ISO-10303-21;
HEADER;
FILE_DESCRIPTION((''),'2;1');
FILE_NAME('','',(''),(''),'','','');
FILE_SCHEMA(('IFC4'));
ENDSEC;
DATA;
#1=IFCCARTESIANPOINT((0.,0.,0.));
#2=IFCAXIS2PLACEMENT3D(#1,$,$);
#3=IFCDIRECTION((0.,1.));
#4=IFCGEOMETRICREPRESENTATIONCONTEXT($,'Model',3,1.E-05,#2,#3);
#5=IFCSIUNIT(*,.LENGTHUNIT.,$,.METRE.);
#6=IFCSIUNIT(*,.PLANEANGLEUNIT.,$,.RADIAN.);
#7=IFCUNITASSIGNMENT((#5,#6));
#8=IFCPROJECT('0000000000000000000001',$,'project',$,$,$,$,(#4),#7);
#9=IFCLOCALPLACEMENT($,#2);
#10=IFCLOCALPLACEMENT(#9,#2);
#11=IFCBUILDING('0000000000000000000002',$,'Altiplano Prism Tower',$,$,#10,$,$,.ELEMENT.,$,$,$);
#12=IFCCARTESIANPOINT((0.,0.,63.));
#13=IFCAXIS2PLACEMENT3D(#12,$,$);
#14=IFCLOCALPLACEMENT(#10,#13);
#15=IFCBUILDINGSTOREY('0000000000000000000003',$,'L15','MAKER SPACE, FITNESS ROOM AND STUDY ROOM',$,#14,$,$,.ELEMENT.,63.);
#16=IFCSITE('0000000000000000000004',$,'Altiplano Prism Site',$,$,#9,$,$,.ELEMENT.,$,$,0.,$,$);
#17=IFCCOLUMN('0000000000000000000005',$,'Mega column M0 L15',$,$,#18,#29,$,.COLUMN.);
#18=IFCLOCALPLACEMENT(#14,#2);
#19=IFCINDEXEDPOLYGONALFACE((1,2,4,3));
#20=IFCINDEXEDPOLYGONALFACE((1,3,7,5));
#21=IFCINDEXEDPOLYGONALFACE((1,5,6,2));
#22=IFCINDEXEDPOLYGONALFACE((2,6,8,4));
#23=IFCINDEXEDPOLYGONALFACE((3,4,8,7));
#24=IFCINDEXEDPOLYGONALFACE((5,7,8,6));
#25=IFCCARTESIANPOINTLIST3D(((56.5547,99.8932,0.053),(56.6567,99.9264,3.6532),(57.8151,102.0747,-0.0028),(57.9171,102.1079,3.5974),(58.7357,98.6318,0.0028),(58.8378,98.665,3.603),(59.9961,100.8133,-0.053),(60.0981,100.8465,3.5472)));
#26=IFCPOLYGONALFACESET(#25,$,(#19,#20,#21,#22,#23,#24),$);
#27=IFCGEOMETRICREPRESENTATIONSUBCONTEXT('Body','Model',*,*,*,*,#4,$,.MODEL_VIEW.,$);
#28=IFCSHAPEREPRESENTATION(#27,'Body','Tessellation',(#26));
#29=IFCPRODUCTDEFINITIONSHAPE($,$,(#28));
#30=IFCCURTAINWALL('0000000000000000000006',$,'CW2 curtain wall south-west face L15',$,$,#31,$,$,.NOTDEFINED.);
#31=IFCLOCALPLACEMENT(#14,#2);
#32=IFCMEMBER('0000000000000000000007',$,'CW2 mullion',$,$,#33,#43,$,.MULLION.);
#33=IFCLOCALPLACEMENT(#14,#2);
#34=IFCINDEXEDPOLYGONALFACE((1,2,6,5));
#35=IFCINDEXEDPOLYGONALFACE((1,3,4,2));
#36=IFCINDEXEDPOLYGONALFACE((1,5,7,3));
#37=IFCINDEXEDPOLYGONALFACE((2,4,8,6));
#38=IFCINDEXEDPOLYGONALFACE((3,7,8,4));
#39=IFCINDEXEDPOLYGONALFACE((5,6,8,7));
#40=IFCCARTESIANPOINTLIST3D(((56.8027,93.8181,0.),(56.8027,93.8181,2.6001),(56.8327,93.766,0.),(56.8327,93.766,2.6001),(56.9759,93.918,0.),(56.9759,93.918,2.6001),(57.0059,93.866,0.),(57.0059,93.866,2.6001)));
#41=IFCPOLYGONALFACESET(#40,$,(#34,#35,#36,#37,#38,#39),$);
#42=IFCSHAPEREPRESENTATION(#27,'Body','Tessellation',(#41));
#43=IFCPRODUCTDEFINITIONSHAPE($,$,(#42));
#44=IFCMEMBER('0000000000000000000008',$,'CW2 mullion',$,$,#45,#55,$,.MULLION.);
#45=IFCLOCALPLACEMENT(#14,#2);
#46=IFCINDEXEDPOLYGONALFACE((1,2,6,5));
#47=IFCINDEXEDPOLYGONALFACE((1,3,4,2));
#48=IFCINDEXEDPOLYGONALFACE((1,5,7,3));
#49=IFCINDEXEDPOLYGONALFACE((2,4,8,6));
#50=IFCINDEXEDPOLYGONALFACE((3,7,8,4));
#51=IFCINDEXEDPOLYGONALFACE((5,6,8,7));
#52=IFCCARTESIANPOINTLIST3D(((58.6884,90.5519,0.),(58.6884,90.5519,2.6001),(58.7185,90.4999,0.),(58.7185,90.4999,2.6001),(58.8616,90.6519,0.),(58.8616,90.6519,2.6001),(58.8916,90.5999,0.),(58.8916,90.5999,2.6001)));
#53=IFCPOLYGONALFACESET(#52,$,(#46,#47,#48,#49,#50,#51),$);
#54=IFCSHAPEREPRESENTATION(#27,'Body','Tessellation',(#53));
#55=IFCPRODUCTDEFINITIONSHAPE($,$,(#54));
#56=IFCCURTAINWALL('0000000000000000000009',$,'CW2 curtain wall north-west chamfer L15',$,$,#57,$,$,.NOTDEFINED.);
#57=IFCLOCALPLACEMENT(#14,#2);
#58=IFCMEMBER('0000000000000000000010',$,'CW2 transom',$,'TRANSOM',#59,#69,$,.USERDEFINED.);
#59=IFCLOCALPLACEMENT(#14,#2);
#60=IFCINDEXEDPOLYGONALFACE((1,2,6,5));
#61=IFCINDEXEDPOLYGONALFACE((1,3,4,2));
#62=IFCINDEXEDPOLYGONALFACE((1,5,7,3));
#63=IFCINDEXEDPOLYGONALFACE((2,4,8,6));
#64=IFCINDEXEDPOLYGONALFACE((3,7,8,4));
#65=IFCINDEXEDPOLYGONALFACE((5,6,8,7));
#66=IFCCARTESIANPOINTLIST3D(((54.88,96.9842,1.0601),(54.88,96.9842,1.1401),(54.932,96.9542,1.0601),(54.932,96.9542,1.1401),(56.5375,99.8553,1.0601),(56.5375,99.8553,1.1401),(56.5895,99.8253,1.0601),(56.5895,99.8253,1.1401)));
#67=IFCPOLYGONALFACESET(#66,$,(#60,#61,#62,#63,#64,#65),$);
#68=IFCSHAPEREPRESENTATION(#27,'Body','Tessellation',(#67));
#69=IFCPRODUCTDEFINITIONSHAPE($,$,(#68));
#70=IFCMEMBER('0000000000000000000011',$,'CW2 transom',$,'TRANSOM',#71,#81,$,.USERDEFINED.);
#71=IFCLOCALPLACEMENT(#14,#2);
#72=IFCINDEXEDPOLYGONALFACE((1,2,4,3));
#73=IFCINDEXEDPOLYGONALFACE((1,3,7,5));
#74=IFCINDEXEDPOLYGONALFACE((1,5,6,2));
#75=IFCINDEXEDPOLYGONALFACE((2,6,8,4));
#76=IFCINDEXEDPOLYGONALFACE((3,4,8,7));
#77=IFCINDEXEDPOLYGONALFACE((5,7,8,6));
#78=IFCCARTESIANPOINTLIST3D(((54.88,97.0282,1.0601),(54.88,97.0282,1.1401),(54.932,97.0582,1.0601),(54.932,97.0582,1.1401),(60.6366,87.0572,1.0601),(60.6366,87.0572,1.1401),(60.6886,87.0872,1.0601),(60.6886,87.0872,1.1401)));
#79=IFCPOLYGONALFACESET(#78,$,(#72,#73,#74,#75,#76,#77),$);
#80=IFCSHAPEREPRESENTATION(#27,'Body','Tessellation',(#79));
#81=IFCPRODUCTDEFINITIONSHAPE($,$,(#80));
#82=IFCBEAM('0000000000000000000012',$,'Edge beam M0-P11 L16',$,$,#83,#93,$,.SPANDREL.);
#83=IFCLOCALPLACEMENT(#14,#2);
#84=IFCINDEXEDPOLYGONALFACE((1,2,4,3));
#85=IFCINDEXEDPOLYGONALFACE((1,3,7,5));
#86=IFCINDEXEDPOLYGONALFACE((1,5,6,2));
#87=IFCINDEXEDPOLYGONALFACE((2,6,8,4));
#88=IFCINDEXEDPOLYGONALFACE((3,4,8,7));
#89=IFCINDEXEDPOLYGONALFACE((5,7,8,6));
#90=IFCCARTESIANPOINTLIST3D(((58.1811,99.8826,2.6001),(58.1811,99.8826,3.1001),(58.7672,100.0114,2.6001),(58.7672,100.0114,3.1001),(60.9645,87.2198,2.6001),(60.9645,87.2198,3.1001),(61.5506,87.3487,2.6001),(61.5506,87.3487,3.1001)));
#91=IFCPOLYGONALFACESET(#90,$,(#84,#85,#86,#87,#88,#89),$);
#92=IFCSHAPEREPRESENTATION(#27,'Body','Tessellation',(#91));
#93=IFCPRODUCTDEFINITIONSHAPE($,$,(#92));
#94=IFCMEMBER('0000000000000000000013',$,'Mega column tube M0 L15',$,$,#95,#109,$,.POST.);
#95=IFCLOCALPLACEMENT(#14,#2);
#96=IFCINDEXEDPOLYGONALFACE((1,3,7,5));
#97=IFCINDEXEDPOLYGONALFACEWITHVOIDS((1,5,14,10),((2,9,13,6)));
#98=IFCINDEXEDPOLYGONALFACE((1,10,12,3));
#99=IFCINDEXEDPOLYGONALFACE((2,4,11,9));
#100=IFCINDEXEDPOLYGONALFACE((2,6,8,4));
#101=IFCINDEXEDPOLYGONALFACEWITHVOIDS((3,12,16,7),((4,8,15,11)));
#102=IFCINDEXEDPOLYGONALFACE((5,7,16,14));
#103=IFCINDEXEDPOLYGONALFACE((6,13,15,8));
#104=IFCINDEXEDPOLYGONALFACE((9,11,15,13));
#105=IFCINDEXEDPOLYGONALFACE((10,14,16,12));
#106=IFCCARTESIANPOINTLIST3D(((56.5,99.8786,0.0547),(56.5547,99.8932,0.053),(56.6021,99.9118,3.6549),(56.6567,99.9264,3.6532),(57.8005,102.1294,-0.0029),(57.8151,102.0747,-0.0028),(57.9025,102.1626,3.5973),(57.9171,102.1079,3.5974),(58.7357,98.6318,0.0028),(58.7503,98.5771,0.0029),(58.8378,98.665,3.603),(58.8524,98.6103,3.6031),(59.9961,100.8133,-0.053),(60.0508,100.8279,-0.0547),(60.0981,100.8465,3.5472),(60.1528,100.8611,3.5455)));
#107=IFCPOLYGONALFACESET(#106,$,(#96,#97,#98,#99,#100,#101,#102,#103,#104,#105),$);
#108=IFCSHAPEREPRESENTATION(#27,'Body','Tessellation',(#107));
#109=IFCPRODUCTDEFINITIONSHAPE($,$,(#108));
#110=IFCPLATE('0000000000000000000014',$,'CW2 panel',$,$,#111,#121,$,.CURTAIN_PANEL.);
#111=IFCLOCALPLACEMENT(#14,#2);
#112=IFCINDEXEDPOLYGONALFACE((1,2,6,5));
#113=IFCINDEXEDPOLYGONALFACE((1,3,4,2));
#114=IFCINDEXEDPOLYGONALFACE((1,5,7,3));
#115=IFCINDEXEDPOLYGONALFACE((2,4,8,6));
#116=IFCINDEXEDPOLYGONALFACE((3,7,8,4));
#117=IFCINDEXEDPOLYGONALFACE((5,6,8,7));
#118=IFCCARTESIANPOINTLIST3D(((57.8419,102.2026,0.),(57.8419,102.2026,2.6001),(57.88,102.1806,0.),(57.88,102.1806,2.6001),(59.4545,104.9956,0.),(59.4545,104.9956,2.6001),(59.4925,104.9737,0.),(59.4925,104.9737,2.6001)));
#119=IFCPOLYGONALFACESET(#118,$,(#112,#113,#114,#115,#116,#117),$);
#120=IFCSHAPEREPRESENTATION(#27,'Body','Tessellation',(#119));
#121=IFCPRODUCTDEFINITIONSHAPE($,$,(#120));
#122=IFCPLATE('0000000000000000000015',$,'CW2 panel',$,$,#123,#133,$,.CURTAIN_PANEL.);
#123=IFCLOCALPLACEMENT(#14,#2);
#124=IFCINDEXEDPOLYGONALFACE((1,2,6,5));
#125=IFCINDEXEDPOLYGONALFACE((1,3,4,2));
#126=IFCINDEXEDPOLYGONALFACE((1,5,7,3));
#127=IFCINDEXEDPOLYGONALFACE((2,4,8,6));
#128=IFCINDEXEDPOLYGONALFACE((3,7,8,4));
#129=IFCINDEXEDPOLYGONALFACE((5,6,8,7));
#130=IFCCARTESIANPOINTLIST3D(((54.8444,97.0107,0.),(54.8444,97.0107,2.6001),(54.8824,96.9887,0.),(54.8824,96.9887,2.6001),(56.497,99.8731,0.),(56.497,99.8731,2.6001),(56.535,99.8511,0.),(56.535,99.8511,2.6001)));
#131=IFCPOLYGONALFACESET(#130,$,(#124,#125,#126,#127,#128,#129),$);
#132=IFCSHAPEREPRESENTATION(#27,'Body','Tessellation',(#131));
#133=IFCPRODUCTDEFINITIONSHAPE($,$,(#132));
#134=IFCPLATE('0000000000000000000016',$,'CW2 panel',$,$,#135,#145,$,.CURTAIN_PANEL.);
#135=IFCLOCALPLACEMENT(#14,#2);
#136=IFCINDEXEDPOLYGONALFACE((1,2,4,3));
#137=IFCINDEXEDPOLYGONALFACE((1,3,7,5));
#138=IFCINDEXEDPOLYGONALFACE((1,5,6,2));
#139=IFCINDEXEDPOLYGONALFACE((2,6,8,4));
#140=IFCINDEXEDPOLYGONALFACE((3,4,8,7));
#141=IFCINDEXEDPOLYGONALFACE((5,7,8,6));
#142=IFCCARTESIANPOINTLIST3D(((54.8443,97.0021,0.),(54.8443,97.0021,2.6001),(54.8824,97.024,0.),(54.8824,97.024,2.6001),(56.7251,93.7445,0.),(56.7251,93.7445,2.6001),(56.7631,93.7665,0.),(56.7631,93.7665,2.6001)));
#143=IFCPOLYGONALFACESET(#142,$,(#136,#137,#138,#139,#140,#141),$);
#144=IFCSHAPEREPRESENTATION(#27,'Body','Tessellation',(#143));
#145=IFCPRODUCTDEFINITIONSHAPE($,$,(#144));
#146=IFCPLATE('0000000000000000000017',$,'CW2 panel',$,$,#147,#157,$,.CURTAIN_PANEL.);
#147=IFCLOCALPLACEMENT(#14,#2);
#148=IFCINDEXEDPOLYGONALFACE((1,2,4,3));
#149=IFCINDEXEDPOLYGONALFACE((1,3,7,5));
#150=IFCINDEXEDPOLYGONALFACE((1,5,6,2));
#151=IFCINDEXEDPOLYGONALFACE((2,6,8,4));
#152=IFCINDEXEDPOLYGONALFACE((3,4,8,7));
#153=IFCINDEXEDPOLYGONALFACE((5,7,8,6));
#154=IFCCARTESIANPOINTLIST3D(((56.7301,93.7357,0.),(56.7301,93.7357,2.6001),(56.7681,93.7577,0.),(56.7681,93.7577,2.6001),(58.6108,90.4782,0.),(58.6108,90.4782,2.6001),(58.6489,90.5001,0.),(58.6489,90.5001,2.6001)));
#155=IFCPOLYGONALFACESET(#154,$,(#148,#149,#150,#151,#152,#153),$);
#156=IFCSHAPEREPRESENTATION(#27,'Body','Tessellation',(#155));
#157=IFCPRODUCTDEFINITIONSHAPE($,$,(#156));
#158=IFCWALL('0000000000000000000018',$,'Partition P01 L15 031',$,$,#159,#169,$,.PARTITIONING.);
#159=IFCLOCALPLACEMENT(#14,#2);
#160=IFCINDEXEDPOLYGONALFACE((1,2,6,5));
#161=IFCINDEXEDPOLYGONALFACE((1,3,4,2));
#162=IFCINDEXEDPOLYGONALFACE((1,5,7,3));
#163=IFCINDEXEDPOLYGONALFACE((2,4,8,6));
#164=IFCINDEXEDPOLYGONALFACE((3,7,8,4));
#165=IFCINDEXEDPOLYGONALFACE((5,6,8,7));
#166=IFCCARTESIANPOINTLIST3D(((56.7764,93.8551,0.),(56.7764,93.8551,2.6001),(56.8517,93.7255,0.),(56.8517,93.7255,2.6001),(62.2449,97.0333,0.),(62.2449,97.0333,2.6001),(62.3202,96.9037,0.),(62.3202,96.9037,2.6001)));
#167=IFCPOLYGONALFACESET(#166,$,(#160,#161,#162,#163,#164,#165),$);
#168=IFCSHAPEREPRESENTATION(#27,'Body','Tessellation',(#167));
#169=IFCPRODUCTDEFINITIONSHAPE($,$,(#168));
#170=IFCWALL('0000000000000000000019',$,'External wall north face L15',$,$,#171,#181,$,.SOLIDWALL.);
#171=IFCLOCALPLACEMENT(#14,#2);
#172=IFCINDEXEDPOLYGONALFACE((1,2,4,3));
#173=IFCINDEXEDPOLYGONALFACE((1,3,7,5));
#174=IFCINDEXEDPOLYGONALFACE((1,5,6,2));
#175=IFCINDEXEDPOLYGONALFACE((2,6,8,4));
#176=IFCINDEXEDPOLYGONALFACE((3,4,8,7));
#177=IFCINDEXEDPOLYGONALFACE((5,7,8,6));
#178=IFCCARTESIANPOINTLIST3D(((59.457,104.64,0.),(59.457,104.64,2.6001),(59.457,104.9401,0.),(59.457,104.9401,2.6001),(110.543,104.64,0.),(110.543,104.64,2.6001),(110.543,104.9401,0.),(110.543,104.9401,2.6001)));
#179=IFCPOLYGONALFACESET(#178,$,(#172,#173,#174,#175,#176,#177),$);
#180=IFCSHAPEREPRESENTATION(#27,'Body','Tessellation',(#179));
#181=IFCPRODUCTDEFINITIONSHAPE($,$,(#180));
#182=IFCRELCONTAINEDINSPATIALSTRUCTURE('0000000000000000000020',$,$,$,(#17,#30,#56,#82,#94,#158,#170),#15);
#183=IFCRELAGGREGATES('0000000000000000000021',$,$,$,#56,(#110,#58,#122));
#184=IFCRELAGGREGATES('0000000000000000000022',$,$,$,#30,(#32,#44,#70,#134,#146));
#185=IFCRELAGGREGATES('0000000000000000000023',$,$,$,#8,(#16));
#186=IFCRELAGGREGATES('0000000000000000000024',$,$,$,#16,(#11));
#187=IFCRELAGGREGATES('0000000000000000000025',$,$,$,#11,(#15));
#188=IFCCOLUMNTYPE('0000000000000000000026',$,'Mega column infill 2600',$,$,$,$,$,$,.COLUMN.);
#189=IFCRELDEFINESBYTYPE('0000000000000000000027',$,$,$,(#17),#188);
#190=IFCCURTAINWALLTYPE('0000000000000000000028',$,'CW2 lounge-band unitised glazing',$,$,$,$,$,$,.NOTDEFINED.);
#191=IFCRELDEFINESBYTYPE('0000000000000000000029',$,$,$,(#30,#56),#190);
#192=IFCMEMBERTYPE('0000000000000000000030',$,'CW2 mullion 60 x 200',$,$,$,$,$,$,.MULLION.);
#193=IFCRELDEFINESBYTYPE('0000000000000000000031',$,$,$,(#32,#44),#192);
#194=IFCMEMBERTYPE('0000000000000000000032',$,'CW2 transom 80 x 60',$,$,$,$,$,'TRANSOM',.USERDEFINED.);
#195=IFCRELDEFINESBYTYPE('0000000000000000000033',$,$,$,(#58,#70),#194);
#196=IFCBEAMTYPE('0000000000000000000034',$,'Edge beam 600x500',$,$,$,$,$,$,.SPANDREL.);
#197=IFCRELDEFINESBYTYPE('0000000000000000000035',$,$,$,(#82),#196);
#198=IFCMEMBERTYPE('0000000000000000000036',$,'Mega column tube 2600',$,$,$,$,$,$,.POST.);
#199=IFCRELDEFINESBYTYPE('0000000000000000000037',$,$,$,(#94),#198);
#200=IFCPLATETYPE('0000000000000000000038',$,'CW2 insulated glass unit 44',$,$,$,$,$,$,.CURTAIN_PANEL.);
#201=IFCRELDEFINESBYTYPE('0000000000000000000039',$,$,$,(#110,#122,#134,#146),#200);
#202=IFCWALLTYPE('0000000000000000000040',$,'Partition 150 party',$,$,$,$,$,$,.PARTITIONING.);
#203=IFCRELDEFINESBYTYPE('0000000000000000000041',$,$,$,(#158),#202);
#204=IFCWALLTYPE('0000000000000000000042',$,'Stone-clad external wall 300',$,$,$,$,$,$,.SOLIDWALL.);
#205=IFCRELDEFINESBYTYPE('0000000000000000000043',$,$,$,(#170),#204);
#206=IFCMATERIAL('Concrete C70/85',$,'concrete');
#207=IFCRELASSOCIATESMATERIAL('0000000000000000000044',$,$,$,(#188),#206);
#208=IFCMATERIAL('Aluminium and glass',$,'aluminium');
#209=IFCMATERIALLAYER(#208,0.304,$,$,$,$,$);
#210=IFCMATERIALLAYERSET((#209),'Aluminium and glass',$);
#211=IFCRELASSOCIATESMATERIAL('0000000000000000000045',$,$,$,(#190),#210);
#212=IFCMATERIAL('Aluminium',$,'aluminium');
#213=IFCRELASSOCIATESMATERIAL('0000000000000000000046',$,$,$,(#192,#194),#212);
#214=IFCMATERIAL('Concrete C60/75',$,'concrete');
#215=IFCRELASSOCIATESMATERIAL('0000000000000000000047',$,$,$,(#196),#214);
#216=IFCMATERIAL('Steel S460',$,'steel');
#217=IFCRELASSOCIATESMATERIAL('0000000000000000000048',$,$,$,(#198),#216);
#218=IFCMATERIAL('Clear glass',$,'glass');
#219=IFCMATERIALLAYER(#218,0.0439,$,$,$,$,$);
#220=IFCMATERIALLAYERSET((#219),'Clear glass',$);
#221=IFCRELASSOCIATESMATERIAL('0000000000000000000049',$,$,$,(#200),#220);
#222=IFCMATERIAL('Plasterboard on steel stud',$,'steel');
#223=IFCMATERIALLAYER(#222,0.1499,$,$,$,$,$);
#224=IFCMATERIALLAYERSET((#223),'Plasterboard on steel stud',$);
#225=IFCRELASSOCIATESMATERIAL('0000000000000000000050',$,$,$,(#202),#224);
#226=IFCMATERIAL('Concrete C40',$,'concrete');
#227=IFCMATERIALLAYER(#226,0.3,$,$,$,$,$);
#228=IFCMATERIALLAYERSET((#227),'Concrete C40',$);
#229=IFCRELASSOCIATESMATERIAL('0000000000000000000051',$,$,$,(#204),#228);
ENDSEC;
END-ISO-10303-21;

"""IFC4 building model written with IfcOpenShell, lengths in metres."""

from ifc_helpers import new_model, si_unit, direction, frame, frame_2d, origin, origin_2d, place, context, subcontext, project, spatial, rectangle, hollow_rectangle, extrude, material, layer, layer_set, material_profile, profile_set, type_object, element, aggregate, save


model = new_model("IFC4")

# Units and contexts
model_context = context("Model", 3, precision=1e-05, world=origin(), true_north=direction((0.0, 1.0)))
body_context = subcontext(model_context, "Body", "Model", "MODEL_VIEW")
ifc_project = project(units=[si_unit("LENGTHUNIT", "METRE"), si_unit("PLANEANGLEUNIT", "RADIAN")], contexts=[model_context])

# Site, building, storey
site_placement = place(None, origin())
site = spatial("IfcSite", under=ifc_project, at=site_placement, Name="Altiplano Prism Site", CompositionType="ELEMENT", RefElevation=0.0)
building_placement = place(site_placement, origin())
building = spatial("IfcBuilding", under=site, at=building_placement, Name="Altiplano Prism Tower", CompositionType="ELEMENT")
storey_placement = place(building_placement, frame((0.0, 0.0, 63.0)))
storey = spatial("IfcBuildingStorey", under=building, at=storey_placement, Name="L15", Description="MAKER SPACE, FITNESS ROOM AND STUDY ROOM", CompositionType="ELEMENT", Elevation=63.0)

# Column
ifc_material_1 = material(Name="Concrete C70/85", Category="concrete")
ifc_material_profile_1 = material_profile(ifc_material_1, rectangle(XDim=2.52, YDim=2.52, at=origin_2d()), Name="Mega column infill 2600")
ifc_profile_set_1 = profile_set([ifc_material_profile_1], Name="Concrete C70/85")
column_type = type_object("IfcColumnType", Name="Mega column infill 2600", PredefinedType="COLUMN", material=ifc_profile_set_1)
column_placement = place(storey_placement, frame((58.2754, 100.3533, 0.0), z_axis=(0.028334, 0.009219, 0.999556), x_axis=(-0.865475, 0.500557, 0.019917)))
element("IfcColumn", 1, at=column_placement, inside=storey, type_object=column_type, Name="Mega column M0 L15", PredefinedType="COLUMN", context=body_context, shape_type="SweptSolid", body=[
    extrude(rectangle(XDim=2.52, YDim=2.52, at=origin_2d()), origin(), (0.0, 0.0, 1.0), 3.6018),
])

# Curtain wall, members
ifc_material_2 = material(Name="Aluminium and glass", Category="aluminium")
ifc_layer_1 = layer(ifc_material_2, 0.304)
ifc_layer_set_1 = layer_set([ifc_layer_1], Name="Aluminium and glass")
curtain_wall_type = type_object("IfcCurtainWallType", Name="CW2 lounge-band unitised glazing", PredefinedType="NOTDEFINED", material=ifc_layer_set_1)
curtain_wall_1_placement = place(storey_placement, origin())
curtain_wall_1 = element("IfcCurtainWall", 2, at=curtain_wall_1_placement, inside=storey, type_object=curtain_wall_type, Name="CW2 curtain wall south-west face L15", PredefinedType="NOTDEFINED")
ifc_material_3 = material(Name="Aluminium", Category="aluminium")
ifc_material_profile_2 = material_profile(ifc_material_3, rectangle(XDim=0.2, YDim=0.0601, at=origin_2d()), Name="CW2 mullion 60 x 200")
ifc_profile_set_2 = profile_set([ifc_material_profile_2], Name="Aluminium")
member_type_1 = type_object("IfcMemberType", Name="CW2 mullion 60 x 200", PredefinedType="MULLION", material=ifc_profile_set_2)
member_1_placement = place(storey_placement, frame((56.9043, 93.842, 0.0), z_axis=(0.0, 0.0, 1.0), x_axis=(0.866025, 0.5, 0.0)))
member_1 = element("IfcMember", 3, at=member_1_placement, type_object=member_type_1, Name="CW2 mullion", PredefinedType="MULLION", context=body_context, shape_type="SweptSolid", body=[
    extrude(rectangle(XDim=0.2, YDim=0.0601, at=origin_2d()), origin(), (0.0, 0.0, 1.0), 2.6001),
])
member_2_placement = place(storey_placement, frame((58.79, 90.5759, 0.0), z_axis=(0.0, 0.0, 1.0), x_axis=(0.866025, 0.5, 0.0)))
member_2 = element("IfcMember", 4, at=member_2_placement, type_object=member_type_1, Name="CW2 mullion", PredefinedType="MULLION", context=body_context, shape_type="SweptSolid", body=[
    extrude(rectangle(XDim=0.2, YDim=0.0601, at=origin_2d()), origin(), (0.0, 0.0, 1.0), 2.6001),
])

# Curtain wall, member
curtain_wall_2_placement = place(storey_placement, origin())
curtain_wall_2 = element("IfcCurtainWall", 5, at=curtain_wall_2_placement, inside=storey, type_object=curtain_wall_type, Name="CW2 curtain wall north-west chamfer L15", PredefinedType="NOTDEFINED")
ifc_material_profile_3 = material_profile(ifc_material_3, rectangle(XDim=0.0601, YDim=0.0801, at=origin_2d()), Name="CW2 transom 80 x 60")
ifc_profile_set_3 = profile_set([ifc_material_profile_3], Name="Aluminium")
member_type_2 = type_object("IfcMemberType", Name="CW2 transom 80 x 60", ElementType="TRANSOM", PredefinedType="USERDEFINED", material=ifc_profile_set_3)
member_3_placement = place(storey_placement, frame((56.5635, 99.8403, 1.1001), z_axis=(-0.499965, -0.866046, 0.0), x_axis=(0.866046, -0.499965, 0.0)))
member_3 = element("IfcMember", 6, at=member_3_placement, type_object=member_type_2, Name="CW2 transom", ObjectType="TRANSOM", PredefinedType="USERDEFINED", context=body_context, shape_type="SweptSolid", body=[
    extrude(rectangle(XDim=0.0601, YDim=0.0801, at=origin_2d()), origin(), (0.0, 0.0, 1.0), 3.3152),
])

# Member
member_4_placement = place(storey_placement, frame((54.906, 97.0432, 1.1001), z_axis=(0.499991, -0.866031, 0.0), x_axis=(0.866031, 0.499991, 0.0)))
member_4 = element("IfcMember", 7, at=member_4_placement, type_object=member_type_2, Name="CW2 transom", ObjectType="TRANSOM", PredefinedType="USERDEFINED", context=body_context, shape_type="SweptSolid", body=[
    extrude(rectangle(XDim=0.0601, YDim=0.0801, at=origin_2d()), origin(), (0.0, 0.0, 1.0), 11.5134),
])

# Beam
ifc_material_4 = material(Name="Concrete C60/75", Category="concrete")
ifc_material_profile_4 = material_profile(ifc_material_4, rectangle(XDim=0.6001, YDim=0.5, at=origin_2d()), Name="Edge beam 600x500")
ifc_profile_set_4 = profile_set([ifc_material_profile_4], Name="Concrete C60/75")
beam_type = type_object("IfcBeamType", Name="Edge beam 600x500", PredefinedType="SPANDREL", material=ifc_profile_set_4)
beam_placement = place(storey_placement, frame((58.4741, 99.947, 2.8501), z_axis=(0.214687, -0.976683, 0.0), x_axis=(0.976683, 0.214687, 0.0)))
element("IfcBeam", 8, at=beam_placement, inside=storey, type_object=beam_type, Name="Edge beam M0-P11 L16", PredefinedType="SPANDREL", context=body_context, shape_type="SweptSolid", body=[
    extrude(rectangle(XDim=0.6001, YDim=0.5, at=origin_2d()), origin(), (0.0, 0.0, 1.0), 12.9651),
])

# Member
ifc_material_5 = material(Name="Steel S460", Category="steel")
ifc_material_profile_5 = material_profile(ifc_material_5, hollow_rectangle(XDim=2.6001, YDim=2.6001, WallThickness=0.04, at=origin_2d()), Name="Mega column tube 2600")
ifc_profile_set_5 = profile_set([ifc_material_profile_5], Name="Steel S460")
member_type_3 = type_object("IfcMemberType", Name="Mega column tube 2600", PredefinedType="POST", material=ifc_profile_set_5)
member_5_placement = place(storey_placement, frame((58.2754, 100.3533, 0.0), z_axis=(0.028334, 0.009219, 0.999556), x_axis=(-0.865475, 0.500557, 0.019917)))
element("IfcMember", 9, at=member_5_placement, inside=storey, type_object=member_type_3, Name="Mega column tube M0 L15", PredefinedType="POST", context=body_context, shape_type="SweptSolid", body=[
    extrude(hollow_rectangle(XDim=2.6001, YDim=2.6001, WallThickness=0.04, at=origin_2d()), origin(), (0.0, 0.0, 1.0), 3.6018),
])

# Plates
ifc_material_6 = material(Name="Clear glass", Category="glass")
ifc_layer_2 = layer(ifc_material_6, 0.0439)
ifc_layer_set_2 = layer_set([ifc_layer_2], Name="Clear glass")
plate_type = type_object("IfcPlateType", Name="CW2 insulated glass unit 44", PredefinedType="CURTAIN_PANEL", material=ifc_layer_set_2)
plate_1_placement = place(storey_placement, frame((58.6672, 103.5881, 0.0), z_axis=(0.0, 0.0, 1.0), x_axis=(-0.5, -0.866025, 0.0)))
plate_1 = element("IfcPlate", 10, at=plate_1_placement, type_object=plate_type, Name="CW2 panel", PredefinedType="CURTAIN_PANEL", context=body_context, shape_type="SweptSolid", body=[
    extrude(rectangle(XDim=3.2251, YDim=0.0439, at=origin_2d()), origin(), (0.0, 0.0, 1.0), 2.6001),
])
plate_2_placement = place(storey_placement, frame((55.6897, 98.4309, 0.0), z_axis=(0.0, 0.0, 1.0), x_axis=(-0.5, -0.866025, 0.0)))
plate_2 = element("IfcPlate", 11, at=plate_2_placement, type_object=plate_type, Name="CW2 panel", PredefinedType="CURTAIN_PANEL", context=body_context, shape_type="SweptSolid", body=[
    extrude(rectangle(XDim=3.3052, YDim=0.0439, at=origin_2d()), origin(), (0.0, 0.0, 1.0), 2.6001),
])
aggregate(curtain_wall_2, [plate_1, member_3, plate_2])
plate_3_placement = place(storey_placement, frame((55.8037, 95.3843, 0.0), z_axis=(0.0, 0.0, 1.0), x_axis=(0.5, -0.866025, 0.0)))
plate_3 = element("IfcPlate", 12, at=plate_3_placement, type_object=plate_type, Name="CW2 panel", PredefinedType="CURTAIN_PANEL", context=body_context, shape_type="SweptSolid", body=[
    extrude(rectangle(XDim=3.7615, YDim=0.0439, at=origin_2d()), origin(), (0.0, 0.0, 1.0), 2.6001),
])
plate_4_placement = place(storey_placement, frame((57.6895, 92.1179, 0.0), z_axis=(0.0, 0.0, 1.0), x_axis=(0.5, -0.866025, 0.0)))
plate_4 = element("IfcPlate", 13, at=plate_4_placement, type_object=plate_type, Name="CW2 panel", PredefinedType="CURTAIN_PANEL", context=body_context, shape_type="SweptSolid", body=[
    extrude(rectangle(XDim=3.7615, YDim=0.0439, at=origin_2d()), origin(), (0.0, 0.0, 1.0), 2.6001),
])
aggregate(curtain_wall_1, [member_1, member_2, member_4, plate_3, plate_4])

# Walls
ifc_material_7 = material(Name="Plasterboard on steel stud", Category="steel")
ifc_layer_3 = layer(ifc_material_7, 0.1499)
ifc_layer_set_3 = layer_set([ifc_layer_3], Name="Plasterboard on steel stud")
wall_type_1 = type_object("IfcWallType", Name="Partition 150 party", PredefinedType="PARTITIONING", material=ifc_layer_set_3)
wall_1_placement = place(storey_placement, frame((56.814, 93.7903, 0.0), z_axis=(0.0, 0.0, 1.0), x_axis=(0.864586, 0.502486, 0.0)))
element("IfcWall", 14, at=wall_1_placement, inside=storey, type_object=wall_type_1, Name="Partition P01 L15 031", PredefinedType="PARTITIONING", context=body_context, shape_type="SweptSolid", body=[
    extrude(rectangle(XDim=6.325, YDim=0.1499, at=frame_2d((3.1626, 0.0))), origin(), (0.0, 0.0, 1.0), 2.6001),
])
ifc_material_8 = material(Name="Concrete C40", Category="concrete")
ifc_layer_4 = layer(ifc_material_8, 0.3)
ifc_layer_set_4 = layer_set([ifc_layer_4], Name="Concrete C40")
wall_type_2 = type_object("IfcWallType", Name="Stone-clad external wall 300", PredefinedType="SOLIDWALL", material=ifc_layer_set_4)
wall_2_placement = place(storey_placement, frame((59.457, 104.79, 0.0), z_axis=(0.0, 0.0, 1.0), x_axis=(1.0, 0.0, 0.0)))
element("IfcWall", 15, at=wall_2_placement, inside=storey, type_object=wall_type_2, Name="External wall north face L15", PredefinedType="SOLIDWALL", context=body_context, shape_type="SweptSolid", body=[
    extrude(rectangle(XDim=51.0859, YDim=0.3, at=frame_2d((25.543, 0.0))), origin(), (0.0, 0.0, 1.0), 2.6001),
])

save(model, "model.ifc")
